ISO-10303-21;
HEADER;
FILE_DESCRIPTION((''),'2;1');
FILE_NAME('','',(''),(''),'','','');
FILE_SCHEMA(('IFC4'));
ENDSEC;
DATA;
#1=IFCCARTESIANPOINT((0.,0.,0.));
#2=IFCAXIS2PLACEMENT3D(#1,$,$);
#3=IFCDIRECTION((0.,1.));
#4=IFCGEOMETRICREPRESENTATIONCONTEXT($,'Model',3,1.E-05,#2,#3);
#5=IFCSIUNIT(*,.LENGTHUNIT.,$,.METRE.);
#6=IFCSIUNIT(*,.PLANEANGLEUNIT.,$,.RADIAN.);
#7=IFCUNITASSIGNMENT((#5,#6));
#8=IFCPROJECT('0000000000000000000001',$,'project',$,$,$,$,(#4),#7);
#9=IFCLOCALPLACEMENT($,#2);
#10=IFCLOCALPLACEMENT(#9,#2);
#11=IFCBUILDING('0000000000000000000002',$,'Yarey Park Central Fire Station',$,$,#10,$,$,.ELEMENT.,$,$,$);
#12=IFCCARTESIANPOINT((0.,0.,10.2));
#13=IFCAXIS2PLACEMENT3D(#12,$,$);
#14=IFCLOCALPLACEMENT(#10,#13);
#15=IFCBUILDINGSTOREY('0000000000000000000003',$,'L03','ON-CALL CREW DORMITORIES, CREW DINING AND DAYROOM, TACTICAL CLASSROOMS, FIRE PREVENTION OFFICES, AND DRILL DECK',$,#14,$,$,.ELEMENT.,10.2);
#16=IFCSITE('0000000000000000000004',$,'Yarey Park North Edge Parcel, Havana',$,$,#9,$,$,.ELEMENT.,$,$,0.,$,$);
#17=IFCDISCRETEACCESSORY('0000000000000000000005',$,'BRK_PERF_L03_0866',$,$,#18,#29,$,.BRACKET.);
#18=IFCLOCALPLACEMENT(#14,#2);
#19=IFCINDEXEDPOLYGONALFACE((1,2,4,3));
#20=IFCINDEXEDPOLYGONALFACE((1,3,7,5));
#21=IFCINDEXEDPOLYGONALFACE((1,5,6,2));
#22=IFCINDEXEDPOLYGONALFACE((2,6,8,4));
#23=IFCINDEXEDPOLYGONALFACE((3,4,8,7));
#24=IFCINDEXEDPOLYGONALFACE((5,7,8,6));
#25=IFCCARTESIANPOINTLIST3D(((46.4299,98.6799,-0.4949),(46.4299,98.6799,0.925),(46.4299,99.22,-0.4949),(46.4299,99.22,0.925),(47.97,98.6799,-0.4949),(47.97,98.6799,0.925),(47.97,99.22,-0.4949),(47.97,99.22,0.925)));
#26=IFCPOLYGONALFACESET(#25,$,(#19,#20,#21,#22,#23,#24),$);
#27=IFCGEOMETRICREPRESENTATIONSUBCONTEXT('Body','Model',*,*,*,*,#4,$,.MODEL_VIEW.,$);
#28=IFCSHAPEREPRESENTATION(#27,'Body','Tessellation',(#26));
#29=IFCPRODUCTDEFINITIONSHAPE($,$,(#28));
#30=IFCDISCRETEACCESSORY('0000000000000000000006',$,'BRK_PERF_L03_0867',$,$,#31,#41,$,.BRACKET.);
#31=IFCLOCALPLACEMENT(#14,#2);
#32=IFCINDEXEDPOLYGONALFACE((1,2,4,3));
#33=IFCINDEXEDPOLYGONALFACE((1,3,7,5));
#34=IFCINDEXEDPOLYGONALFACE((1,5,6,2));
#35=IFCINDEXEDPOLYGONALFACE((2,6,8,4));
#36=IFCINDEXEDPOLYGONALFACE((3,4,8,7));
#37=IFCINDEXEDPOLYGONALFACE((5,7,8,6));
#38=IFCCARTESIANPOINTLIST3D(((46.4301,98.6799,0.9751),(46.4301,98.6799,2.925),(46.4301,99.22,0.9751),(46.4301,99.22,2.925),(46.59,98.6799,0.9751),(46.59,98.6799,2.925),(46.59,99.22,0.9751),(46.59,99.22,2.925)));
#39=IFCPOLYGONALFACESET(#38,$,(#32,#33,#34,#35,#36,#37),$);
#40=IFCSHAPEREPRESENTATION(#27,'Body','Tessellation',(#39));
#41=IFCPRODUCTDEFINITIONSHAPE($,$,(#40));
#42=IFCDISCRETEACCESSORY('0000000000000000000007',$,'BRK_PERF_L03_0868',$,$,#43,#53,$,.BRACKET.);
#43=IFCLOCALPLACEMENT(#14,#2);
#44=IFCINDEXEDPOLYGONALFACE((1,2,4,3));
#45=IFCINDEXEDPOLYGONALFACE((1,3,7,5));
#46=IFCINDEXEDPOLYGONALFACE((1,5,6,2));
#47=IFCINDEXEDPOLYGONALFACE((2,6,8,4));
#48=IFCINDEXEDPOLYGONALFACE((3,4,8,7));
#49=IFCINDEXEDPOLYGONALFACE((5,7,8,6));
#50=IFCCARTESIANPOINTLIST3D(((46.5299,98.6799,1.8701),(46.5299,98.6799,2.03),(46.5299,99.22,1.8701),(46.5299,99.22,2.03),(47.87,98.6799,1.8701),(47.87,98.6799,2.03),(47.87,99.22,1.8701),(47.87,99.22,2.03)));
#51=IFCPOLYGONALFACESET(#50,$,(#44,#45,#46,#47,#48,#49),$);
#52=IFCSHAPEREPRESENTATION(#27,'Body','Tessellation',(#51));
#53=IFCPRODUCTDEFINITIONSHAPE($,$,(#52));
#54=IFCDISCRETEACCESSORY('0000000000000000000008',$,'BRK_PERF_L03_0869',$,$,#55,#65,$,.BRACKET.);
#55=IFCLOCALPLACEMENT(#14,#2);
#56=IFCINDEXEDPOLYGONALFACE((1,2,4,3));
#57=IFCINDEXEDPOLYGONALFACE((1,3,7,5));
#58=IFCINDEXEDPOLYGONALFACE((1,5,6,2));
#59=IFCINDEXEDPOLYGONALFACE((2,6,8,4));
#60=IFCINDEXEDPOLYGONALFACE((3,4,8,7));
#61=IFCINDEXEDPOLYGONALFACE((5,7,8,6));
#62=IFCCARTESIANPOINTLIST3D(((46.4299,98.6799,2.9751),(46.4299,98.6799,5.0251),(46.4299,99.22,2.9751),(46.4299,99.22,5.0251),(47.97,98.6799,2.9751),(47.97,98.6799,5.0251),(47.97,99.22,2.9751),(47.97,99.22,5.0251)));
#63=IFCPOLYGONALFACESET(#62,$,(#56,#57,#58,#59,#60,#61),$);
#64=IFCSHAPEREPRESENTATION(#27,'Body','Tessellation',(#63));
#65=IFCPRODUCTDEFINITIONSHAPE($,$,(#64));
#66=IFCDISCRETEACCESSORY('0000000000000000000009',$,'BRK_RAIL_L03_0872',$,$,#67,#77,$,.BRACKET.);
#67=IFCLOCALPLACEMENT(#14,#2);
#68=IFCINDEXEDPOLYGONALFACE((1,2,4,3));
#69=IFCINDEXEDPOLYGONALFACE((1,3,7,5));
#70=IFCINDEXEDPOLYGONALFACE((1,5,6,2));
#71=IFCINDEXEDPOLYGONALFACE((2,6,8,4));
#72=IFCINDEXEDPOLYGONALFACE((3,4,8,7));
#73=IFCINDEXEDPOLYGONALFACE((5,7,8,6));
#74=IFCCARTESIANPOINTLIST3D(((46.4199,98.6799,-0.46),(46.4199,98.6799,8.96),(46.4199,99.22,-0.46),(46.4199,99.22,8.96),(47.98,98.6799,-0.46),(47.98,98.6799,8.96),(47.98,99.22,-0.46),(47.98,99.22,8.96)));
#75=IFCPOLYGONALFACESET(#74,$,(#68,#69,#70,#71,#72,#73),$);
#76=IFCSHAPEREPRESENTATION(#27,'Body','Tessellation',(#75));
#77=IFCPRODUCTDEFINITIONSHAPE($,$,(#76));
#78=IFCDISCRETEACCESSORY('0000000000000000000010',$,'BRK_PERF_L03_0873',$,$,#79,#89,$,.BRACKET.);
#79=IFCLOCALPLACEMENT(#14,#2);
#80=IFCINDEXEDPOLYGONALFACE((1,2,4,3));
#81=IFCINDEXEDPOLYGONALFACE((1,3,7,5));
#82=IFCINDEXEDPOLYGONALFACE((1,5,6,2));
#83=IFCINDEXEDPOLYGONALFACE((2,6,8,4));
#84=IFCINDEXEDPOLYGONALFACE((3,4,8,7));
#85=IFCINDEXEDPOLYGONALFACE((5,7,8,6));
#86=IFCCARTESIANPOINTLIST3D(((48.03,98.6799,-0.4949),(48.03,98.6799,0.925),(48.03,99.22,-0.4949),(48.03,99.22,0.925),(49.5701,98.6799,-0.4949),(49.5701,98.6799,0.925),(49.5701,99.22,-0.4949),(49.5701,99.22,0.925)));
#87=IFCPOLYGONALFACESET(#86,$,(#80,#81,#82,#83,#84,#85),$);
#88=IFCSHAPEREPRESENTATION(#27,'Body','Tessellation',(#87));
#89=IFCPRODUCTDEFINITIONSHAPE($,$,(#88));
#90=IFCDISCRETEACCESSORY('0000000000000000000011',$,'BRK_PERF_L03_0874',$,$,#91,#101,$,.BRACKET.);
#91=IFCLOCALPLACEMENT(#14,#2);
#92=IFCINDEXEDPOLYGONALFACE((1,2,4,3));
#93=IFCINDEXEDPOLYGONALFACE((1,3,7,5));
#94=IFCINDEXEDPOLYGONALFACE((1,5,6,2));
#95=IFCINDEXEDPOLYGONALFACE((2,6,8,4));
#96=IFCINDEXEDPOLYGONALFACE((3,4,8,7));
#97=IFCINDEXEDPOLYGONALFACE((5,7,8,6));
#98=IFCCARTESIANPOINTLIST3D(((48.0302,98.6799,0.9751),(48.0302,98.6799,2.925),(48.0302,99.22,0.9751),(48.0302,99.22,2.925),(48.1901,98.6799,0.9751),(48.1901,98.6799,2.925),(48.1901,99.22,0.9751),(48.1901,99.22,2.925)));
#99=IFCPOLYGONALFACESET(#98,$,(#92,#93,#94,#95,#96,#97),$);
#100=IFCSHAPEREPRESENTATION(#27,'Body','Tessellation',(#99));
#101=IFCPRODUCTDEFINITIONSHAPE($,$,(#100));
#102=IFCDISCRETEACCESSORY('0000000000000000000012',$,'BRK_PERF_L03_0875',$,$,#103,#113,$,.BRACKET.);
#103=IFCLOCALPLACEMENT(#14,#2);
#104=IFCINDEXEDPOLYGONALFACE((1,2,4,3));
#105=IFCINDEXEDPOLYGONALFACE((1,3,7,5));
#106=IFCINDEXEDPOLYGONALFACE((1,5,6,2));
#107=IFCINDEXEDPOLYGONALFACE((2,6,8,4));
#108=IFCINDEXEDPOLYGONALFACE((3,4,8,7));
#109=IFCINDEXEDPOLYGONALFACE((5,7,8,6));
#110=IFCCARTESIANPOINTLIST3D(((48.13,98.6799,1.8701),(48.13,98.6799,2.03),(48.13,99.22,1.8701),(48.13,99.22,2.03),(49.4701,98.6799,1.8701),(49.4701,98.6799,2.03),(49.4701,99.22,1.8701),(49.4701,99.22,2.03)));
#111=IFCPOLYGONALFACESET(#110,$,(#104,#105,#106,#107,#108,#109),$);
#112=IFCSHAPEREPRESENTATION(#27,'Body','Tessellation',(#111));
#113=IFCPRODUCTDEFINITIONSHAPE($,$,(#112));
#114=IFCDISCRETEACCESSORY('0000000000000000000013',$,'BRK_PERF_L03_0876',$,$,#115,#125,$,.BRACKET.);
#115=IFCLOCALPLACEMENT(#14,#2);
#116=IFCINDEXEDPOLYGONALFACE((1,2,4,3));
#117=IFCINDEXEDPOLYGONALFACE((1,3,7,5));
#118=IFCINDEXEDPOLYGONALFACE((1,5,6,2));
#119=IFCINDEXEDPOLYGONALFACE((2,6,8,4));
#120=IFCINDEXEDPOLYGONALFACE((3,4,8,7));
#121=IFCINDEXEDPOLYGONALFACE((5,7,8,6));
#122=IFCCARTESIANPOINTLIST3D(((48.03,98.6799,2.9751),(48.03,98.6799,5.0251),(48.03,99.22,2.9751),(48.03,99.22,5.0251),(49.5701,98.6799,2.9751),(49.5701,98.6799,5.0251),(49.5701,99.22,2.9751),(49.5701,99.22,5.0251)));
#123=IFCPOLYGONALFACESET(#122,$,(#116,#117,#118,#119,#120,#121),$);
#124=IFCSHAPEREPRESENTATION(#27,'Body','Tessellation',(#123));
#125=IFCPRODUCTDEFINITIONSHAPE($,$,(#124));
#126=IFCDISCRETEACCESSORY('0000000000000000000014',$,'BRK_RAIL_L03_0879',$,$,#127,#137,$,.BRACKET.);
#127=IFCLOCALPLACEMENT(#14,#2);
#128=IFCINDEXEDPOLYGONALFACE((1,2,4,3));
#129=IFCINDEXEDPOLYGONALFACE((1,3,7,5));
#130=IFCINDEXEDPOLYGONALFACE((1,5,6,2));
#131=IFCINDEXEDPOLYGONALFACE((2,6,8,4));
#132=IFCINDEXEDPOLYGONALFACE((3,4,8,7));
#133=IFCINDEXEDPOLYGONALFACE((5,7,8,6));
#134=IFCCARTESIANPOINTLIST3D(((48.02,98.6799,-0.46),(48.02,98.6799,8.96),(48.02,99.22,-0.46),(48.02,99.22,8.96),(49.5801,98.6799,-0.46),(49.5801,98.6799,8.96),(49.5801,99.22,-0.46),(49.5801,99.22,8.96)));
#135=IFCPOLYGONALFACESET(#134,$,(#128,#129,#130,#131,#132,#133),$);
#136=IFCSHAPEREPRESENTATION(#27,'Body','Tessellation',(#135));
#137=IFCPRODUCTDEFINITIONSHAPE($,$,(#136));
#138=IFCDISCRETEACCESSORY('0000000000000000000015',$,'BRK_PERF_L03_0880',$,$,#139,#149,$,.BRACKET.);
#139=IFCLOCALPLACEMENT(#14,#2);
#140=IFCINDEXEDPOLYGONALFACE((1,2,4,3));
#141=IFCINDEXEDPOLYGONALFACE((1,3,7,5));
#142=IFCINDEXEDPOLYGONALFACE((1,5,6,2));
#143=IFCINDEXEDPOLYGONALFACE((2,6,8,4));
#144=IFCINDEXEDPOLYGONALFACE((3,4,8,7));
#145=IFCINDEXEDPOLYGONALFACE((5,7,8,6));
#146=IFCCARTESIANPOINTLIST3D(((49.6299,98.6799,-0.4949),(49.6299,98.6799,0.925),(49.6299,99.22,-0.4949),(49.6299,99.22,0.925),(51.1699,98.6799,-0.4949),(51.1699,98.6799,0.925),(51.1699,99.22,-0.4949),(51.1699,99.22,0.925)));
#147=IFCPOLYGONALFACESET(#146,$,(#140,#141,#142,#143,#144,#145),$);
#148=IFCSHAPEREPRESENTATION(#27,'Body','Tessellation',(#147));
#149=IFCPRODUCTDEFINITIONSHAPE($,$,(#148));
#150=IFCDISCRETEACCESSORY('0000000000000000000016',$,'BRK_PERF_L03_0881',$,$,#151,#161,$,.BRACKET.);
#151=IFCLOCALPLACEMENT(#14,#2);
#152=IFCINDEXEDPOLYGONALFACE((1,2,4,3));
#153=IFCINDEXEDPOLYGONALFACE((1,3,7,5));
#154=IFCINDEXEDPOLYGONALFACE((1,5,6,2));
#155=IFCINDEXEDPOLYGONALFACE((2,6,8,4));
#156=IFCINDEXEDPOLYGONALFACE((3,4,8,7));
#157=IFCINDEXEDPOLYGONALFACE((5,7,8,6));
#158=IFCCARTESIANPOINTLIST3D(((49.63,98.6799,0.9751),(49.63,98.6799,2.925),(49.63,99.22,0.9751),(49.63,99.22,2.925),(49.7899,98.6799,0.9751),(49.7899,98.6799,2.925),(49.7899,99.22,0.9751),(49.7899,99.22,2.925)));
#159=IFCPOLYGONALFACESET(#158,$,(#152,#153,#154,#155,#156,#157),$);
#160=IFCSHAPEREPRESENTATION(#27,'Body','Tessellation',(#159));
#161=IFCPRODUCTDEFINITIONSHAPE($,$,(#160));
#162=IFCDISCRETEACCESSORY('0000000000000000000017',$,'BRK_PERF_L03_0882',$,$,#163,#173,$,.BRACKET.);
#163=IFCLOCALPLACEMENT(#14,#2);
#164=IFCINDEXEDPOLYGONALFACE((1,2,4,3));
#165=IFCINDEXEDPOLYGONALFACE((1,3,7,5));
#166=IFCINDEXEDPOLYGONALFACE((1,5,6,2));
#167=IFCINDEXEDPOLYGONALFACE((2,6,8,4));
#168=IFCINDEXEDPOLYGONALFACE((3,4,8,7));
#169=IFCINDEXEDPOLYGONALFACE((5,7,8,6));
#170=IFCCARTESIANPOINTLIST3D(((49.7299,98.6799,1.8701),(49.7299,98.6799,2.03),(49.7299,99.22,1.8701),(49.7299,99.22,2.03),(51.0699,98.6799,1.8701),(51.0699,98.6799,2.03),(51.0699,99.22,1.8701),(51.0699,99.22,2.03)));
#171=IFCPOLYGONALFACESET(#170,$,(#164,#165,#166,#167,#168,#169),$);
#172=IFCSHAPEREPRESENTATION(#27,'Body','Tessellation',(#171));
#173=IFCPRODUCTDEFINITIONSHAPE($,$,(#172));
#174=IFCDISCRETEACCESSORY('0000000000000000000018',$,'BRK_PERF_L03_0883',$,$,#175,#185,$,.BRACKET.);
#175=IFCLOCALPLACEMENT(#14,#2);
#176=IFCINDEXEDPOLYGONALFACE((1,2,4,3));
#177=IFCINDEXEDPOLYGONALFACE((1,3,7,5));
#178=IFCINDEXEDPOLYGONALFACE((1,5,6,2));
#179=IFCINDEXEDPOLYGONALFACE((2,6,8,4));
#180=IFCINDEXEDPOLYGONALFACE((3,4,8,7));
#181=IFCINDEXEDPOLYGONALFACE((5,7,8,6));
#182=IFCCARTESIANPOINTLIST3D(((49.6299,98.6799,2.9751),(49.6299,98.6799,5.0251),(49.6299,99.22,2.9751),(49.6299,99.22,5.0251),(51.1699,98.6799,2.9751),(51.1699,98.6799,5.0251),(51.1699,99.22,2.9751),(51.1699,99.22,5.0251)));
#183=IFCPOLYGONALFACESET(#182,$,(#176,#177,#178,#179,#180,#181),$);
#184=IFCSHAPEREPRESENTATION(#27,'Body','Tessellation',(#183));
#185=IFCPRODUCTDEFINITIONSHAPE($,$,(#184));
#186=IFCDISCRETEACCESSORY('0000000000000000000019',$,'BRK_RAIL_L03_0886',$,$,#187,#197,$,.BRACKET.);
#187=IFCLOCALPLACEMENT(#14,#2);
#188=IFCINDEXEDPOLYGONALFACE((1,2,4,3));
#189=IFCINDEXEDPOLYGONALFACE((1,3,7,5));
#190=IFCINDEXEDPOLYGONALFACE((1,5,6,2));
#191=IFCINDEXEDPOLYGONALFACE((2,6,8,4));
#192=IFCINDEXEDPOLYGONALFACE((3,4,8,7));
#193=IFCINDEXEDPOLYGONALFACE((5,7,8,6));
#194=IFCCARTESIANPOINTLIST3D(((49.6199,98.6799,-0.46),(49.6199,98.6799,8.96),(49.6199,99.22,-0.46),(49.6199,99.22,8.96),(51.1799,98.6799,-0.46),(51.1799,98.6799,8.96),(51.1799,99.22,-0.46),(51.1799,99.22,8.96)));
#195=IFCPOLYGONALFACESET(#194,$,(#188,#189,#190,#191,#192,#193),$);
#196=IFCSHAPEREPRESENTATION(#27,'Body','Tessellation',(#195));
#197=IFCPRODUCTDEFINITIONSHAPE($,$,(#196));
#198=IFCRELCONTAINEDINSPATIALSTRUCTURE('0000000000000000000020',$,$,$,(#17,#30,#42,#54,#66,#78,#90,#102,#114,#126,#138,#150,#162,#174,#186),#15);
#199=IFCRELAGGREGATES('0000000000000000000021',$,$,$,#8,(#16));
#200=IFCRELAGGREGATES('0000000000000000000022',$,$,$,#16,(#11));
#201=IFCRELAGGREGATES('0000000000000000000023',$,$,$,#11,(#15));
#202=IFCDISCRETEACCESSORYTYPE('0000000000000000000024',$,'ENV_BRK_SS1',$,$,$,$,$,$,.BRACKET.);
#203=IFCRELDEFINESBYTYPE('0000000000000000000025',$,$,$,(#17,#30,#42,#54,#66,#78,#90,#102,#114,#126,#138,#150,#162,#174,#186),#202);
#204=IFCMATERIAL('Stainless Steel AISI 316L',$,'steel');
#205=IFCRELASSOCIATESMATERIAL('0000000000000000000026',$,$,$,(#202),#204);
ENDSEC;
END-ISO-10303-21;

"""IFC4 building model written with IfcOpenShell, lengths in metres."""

from ifc_helpers import new_model, si_unit, direction, frame, origin, origin_2d, place, context, subcontext, project, spatial, rectangle, extrude, material, type_object, element, save


model = new_model("IFC4")

# Units and contexts
model_context = context("Model", 3, precision=1e-05, world=origin(), true_north=direction((0.0, 1.0)))
body_context = subcontext(model_context, "Body", "Model", "MODEL_VIEW")
ifc_project = project(units=[si_unit("LENGTHUNIT", "METRE"), si_unit("PLANEANGLEUNIT", "RADIAN")], contexts=[model_context])

# Site, building, storey
site_placement = place(None, origin())
site = spatial("IfcSite", under=ifc_project, at=site_placement, Name="Yarey Park North Edge Parcel, Havana", CompositionType="ELEMENT", RefElevation=0.0)
building_placement = place(site_placement, origin())
building = spatial("IfcBuilding", under=site, at=building_placement, Name="Yarey Park Central Fire Station", CompositionType="ELEMENT")
storey_placement = place(building_placement, frame((0.0, 0.0, 10.2)))
storey = spatial("IfcBuildingStorey", under=building, at=storey_placement, Name="L03", Description="ON-CALL CREW DORMITORIES, CREW DINING AND DAYROOM, TACTICAL CLASSROOMS, FIRE PREVENTION OFFICES, AND DRILL DECK", CompositionType="ELEMENT", Elevation=10.2)

# Discrete accessories
ifc_material_1 = material(Name="Stainless Steel AISI 316L", Category="steel")
discrete_accessory_type = type_object("IfcDiscreteAccessoryType", Name="ENV_BRK_SS1", PredefinedType="BRACKET", material=ifc_material_1)
discrete_accessory_1_placement = place(storey_placement, frame((47.2, 98.95, -0.4949), z_axis=(0.0, 0.0, 1.0), x_axis=(1.0, 0.0, 0.0)))
element("IfcDiscreteAccessory", 1, at=discrete_accessory_1_placement, inside=storey, type_object=discrete_accessory_type, Name="BRK_PERF_L03_0866", PredefinedType="BRACKET", context=body_context, shape_type="SweptSolid", body=[
    extrude(rectangle(XDim=1.54, YDim=0.54, at=origin_2d()), origin(), (0.0, 0.0, 1.0), 1.4199),
])
discrete_accessory_2_placement = place(storey_placement, frame((46.51, 98.95, 0.9751), z_axis=(0.0, 0.0, 1.0), x_axis=(1.0, 0.0, 0.0)))
element("IfcDiscreteAccessory", 2, at=discrete_accessory_2_placement, inside=storey, type_object=discrete_accessory_type, Name="BRK_PERF_L03_0867", PredefinedType="BRACKET", context=body_context, shape_type="SweptSolid", body=[
    extrude(rectangle(XDim=0.1599, YDim=0.54, at=origin_2d()), origin(), (0.0, 0.0, 1.0), 1.95),
])
discrete_accessory_3_placement = place(storey_placement, frame((47.2, 98.95, 1.8701), z_axis=(0.0, 0.0, 1.0), x_axis=(1.0, 0.0, 0.0)))
element("IfcDiscreteAccessory", 3, at=discrete_accessory_3_placement, inside=storey, type_object=discrete_accessory_type, Name="BRK_PERF_L03_0868", PredefinedType="BRACKET", context=body_context, shape_type="SweptSolid", body=[
    extrude(rectangle(XDim=1.3401, YDim=0.54, at=origin_2d()), origin(), (0.0, 0.0, 1.0), 0.1599),
])
discrete_accessory_4_placement = place(storey_placement, frame((47.2, 98.95, 2.9751), z_axis=(0.0, 0.0, 1.0), x_axis=(1.0, 0.0, 0.0)))
element("IfcDiscreteAccessory", 4, at=discrete_accessory_4_placement, inside=storey, type_object=discrete_accessory_type, Name="BRK_PERF_L03_0869", PredefinedType="BRACKET", context=body_context, shape_type="SweptSolid", body=[
    extrude(rectangle(XDim=1.54, YDim=0.54, at=origin_2d()), origin(), (0.0, 0.0, 1.0), 2.05),
])
discrete_accessory_5_placement = place(storey_placement, frame((47.2, 98.95, -0.46), z_axis=(0.0, 0.0, 1.0), x_axis=(1.0, 0.0, 0.0)))
element("IfcDiscreteAccessory", 5, at=discrete_accessory_5_placement, inside=storey, type_object=discrete_accessory_type, Name="BRK_RAIL_L03_0872", PredefinedType="BRACKET", context=body_context, shape_type="SweptSolid", body=[
    extrude(rectangle(XDim=1.5601, YDim=0.54, at=origin_2d()), origin(), (0.0, 0.0, 1.0), 9.4199),
])
discrete_accessory_6_placement = place(storey_placement, frame((48.8, 98.95, -0.4949), z_axis=(0.0, 0.0, 1.0), x_axis=(1.0, 0.0, 0.0)))
element("IfcDiscreteAccessory", 6, at=discrete_accessory_6_placement, inside=storey, type_object=discrete_accessory_type, Name="BRK_PERF_L03_0873", PredefinedType="BRACKET", context=body_context, shape_type="SweptSolid", body=[
    extrude(rectangle(XDim=1.54, YDim=0.54, at=origin_2d()), origin(), (0.0, 0.0, 1.0), 1.4199),
])
discrete_accessory_7_placement = place(storey_placement, frame((48.1101, 98.95, 0.9751), z_axis=(0.0, 0.0, 1.0), x_axis=(1.0, 0.0, 0.0)))
element("IfcDiscreteAccessory", 7, at=discrete_accessory_7_placement, inside=storey, type_object=discrete_accessory_type, Name="BRK_PERF_L03_0874", PredefinedType="BRACKET", context=body_context, shape_type="SweptSolid", body=[
    extrude(rectangle(XDim=0.1599, YDim=0.54, at=origin_2d()), origin(), (0.0, 0.0, 1.0), 1.95),
])
discrete_accessory_8_placement = place(storey_placement, frame((48.8, 98.95, 1.8701), z_axis=(0.0, 0.0, 1.0), x_axis=(1.0, 0.0, 0.0)))
element("IfcDiscreteAccessory", 8, at=discrete_accessory_8_placement, inside=storey, type_object=discrete_accessory_type, Name="BRK_PERF_L03_0875", PredefinedType="BRACKET", context=body_context, shape_type="SweptSolid", body=[
    extrude(rectangle(XDim=1.3401, YDim=0.54, at=origin_2d()), origin(), (0.0, 0.0, 1.0), 0.1599),
])
discrete_accessory_9_placement = place(storey_placement, frame((48.8, 98.95, 2.9751), z_axis=(0.0, 0.0, 1.0), x_axis=(1.0, 0.0, 0.0)))
element("IfcDiscreteAccessory", 9, at=discrete_accessory_9_placement, inside=storey, type_object=discrete_accessory_type, Name="BRK_PERF_L03_0876", PredefinedType="BRACKET", context=body_context, shape_type="SweptSolid", body=[
    extrude(rectangle(XDim=1.54, YDim=0.54, at=origin_2d()), origin(), (0.0, 0.0, 1.0), 2.05),
])
discrete_accessory_10_placement = place(storey_placement, frame((48.8, 98.95, -0.46), z_axis=(0.0, 0.0, 1.0), x_axis=(1.0, 0.0, 0.0)))
element("IfcDiscreteAccessory", 10, at=discrete_accessory_10_placement, inside=storey, type_object=discrete_accessory_type, Name="BRK_RAIL_L03_0879", PredefinedType="BRACKET", context=body_context, shape_type="SweptSolid", body=[
    extrude(rectangle(XDim=1.5601, YDim=0.54, at=origin_2d()), origin(), (0.0, 0.0, 1.0), 9.4199),
])
discrete_accessory_11_placement = place(storey_placement, frame((50.3999, 98.95, -0.4949), z_axis=(0.0, 0.0, 1.0), x_axis=(1.0, 0.0, 0.0)))
element("IfcDiscreteAccessory", 11, at=discrete_accessory_11_placement, inside=storey, type_object=discrete_accessory_type, Name="BRK_PERF_L03_0880", PredefinedType="BRACKET", context=body_context, shape_type="SweptSolid", body=[
    extrude(rectangle(XDim=1.54, YDim=0.54, at=origin_2d()), origin(), (0.0, 0.0, 1.0), 1.4199),
])
discrete_accessory_12_placement = place(storey_placement, frame((49.71, 98.95, 0.9751), z_axis=(0.0, 0.0, 1.0), x_axis=(1.0, 0.0, 0.0)))
element("IfcDiscreteAccessory", 12, at=discrete_accessory_12_placement, inside=storey, type_object=discrete_accessory_type, Name="BRK_PERF_L03_0881", PredefinedType="BRACKET", context=body_context, shape_type="SweptSolid", body=[
    extrude(rectangle(XDim=0.1599, YDim=0.54, at=origin_2d()), origin(), (0.0, 0.0, 1.0), 1.95),
])
discrete_accessory_13_placement = place(storey_placement, frame((50.3999, 98.95, 1.8701), z_axis=(0.0, 0.0, 1.0), x_axis=(1.0, 0.0, 0.0)))
element("IfcDiscreteAccessory", 13, at=discrete_accessory_13_placement, inside=storey, type_object=discrete_accessory_type, Name="BRK_PERF_L03_0882", PredefinedType="BRACKET", context=body_context, shape_type="SweptSolid", body=[
    extrude(rectangle(XDim=1.3401, YDim=0.54, at=origin_2d()), origin(), (0.0, 0.0, 1.0), 0.1599),
])
discrete_accessory_14_placement = place(storey_placement, frame((50.3999, 98.95, 2.9751), z_axis=(0.0, 0.0, 1.0), x_axis=(1.0, 0.0, 0.0)))
element("IfcDiscreteAccessory", 14, at=discrete_accessory_14_placement, inside=storey, type_object=discrete_accessory_type, Name="BRK_PERF_L03_0883", PredefinedType="BRACKET", context=body_context, shape_type="SweptSolid", body=[
    extrude(rectangle(XDim=1.54, YDim=0.54, at=origin_2d()), origin(), (0.0, 0.0, 1.0), 2.05),
])
discrete_accessory_15_placement = place(storey_placement, frame((50.3999, 98.95, -0.46), z_axis=(0.0, 0.0, 1.0), x_axis=(1.0, 0.0, 0.0)))
element("IfcDiscreteAccessory", 15, at=discrete_accessory_15_placement, inside=storey, type_object=discrete_accessory_type, Name="BRK_RAIL_L03_0886", PredefinedType="BRACKET", context=body_context, shape_type="SweptSolid", body=[
    extrude(rectangle(XDim=1.5601, YDim=0.54, at=origin_2d()), origin(), (0.0, 0.0, 1.0), 9.4199),
])

save(model, "model.ifc")
